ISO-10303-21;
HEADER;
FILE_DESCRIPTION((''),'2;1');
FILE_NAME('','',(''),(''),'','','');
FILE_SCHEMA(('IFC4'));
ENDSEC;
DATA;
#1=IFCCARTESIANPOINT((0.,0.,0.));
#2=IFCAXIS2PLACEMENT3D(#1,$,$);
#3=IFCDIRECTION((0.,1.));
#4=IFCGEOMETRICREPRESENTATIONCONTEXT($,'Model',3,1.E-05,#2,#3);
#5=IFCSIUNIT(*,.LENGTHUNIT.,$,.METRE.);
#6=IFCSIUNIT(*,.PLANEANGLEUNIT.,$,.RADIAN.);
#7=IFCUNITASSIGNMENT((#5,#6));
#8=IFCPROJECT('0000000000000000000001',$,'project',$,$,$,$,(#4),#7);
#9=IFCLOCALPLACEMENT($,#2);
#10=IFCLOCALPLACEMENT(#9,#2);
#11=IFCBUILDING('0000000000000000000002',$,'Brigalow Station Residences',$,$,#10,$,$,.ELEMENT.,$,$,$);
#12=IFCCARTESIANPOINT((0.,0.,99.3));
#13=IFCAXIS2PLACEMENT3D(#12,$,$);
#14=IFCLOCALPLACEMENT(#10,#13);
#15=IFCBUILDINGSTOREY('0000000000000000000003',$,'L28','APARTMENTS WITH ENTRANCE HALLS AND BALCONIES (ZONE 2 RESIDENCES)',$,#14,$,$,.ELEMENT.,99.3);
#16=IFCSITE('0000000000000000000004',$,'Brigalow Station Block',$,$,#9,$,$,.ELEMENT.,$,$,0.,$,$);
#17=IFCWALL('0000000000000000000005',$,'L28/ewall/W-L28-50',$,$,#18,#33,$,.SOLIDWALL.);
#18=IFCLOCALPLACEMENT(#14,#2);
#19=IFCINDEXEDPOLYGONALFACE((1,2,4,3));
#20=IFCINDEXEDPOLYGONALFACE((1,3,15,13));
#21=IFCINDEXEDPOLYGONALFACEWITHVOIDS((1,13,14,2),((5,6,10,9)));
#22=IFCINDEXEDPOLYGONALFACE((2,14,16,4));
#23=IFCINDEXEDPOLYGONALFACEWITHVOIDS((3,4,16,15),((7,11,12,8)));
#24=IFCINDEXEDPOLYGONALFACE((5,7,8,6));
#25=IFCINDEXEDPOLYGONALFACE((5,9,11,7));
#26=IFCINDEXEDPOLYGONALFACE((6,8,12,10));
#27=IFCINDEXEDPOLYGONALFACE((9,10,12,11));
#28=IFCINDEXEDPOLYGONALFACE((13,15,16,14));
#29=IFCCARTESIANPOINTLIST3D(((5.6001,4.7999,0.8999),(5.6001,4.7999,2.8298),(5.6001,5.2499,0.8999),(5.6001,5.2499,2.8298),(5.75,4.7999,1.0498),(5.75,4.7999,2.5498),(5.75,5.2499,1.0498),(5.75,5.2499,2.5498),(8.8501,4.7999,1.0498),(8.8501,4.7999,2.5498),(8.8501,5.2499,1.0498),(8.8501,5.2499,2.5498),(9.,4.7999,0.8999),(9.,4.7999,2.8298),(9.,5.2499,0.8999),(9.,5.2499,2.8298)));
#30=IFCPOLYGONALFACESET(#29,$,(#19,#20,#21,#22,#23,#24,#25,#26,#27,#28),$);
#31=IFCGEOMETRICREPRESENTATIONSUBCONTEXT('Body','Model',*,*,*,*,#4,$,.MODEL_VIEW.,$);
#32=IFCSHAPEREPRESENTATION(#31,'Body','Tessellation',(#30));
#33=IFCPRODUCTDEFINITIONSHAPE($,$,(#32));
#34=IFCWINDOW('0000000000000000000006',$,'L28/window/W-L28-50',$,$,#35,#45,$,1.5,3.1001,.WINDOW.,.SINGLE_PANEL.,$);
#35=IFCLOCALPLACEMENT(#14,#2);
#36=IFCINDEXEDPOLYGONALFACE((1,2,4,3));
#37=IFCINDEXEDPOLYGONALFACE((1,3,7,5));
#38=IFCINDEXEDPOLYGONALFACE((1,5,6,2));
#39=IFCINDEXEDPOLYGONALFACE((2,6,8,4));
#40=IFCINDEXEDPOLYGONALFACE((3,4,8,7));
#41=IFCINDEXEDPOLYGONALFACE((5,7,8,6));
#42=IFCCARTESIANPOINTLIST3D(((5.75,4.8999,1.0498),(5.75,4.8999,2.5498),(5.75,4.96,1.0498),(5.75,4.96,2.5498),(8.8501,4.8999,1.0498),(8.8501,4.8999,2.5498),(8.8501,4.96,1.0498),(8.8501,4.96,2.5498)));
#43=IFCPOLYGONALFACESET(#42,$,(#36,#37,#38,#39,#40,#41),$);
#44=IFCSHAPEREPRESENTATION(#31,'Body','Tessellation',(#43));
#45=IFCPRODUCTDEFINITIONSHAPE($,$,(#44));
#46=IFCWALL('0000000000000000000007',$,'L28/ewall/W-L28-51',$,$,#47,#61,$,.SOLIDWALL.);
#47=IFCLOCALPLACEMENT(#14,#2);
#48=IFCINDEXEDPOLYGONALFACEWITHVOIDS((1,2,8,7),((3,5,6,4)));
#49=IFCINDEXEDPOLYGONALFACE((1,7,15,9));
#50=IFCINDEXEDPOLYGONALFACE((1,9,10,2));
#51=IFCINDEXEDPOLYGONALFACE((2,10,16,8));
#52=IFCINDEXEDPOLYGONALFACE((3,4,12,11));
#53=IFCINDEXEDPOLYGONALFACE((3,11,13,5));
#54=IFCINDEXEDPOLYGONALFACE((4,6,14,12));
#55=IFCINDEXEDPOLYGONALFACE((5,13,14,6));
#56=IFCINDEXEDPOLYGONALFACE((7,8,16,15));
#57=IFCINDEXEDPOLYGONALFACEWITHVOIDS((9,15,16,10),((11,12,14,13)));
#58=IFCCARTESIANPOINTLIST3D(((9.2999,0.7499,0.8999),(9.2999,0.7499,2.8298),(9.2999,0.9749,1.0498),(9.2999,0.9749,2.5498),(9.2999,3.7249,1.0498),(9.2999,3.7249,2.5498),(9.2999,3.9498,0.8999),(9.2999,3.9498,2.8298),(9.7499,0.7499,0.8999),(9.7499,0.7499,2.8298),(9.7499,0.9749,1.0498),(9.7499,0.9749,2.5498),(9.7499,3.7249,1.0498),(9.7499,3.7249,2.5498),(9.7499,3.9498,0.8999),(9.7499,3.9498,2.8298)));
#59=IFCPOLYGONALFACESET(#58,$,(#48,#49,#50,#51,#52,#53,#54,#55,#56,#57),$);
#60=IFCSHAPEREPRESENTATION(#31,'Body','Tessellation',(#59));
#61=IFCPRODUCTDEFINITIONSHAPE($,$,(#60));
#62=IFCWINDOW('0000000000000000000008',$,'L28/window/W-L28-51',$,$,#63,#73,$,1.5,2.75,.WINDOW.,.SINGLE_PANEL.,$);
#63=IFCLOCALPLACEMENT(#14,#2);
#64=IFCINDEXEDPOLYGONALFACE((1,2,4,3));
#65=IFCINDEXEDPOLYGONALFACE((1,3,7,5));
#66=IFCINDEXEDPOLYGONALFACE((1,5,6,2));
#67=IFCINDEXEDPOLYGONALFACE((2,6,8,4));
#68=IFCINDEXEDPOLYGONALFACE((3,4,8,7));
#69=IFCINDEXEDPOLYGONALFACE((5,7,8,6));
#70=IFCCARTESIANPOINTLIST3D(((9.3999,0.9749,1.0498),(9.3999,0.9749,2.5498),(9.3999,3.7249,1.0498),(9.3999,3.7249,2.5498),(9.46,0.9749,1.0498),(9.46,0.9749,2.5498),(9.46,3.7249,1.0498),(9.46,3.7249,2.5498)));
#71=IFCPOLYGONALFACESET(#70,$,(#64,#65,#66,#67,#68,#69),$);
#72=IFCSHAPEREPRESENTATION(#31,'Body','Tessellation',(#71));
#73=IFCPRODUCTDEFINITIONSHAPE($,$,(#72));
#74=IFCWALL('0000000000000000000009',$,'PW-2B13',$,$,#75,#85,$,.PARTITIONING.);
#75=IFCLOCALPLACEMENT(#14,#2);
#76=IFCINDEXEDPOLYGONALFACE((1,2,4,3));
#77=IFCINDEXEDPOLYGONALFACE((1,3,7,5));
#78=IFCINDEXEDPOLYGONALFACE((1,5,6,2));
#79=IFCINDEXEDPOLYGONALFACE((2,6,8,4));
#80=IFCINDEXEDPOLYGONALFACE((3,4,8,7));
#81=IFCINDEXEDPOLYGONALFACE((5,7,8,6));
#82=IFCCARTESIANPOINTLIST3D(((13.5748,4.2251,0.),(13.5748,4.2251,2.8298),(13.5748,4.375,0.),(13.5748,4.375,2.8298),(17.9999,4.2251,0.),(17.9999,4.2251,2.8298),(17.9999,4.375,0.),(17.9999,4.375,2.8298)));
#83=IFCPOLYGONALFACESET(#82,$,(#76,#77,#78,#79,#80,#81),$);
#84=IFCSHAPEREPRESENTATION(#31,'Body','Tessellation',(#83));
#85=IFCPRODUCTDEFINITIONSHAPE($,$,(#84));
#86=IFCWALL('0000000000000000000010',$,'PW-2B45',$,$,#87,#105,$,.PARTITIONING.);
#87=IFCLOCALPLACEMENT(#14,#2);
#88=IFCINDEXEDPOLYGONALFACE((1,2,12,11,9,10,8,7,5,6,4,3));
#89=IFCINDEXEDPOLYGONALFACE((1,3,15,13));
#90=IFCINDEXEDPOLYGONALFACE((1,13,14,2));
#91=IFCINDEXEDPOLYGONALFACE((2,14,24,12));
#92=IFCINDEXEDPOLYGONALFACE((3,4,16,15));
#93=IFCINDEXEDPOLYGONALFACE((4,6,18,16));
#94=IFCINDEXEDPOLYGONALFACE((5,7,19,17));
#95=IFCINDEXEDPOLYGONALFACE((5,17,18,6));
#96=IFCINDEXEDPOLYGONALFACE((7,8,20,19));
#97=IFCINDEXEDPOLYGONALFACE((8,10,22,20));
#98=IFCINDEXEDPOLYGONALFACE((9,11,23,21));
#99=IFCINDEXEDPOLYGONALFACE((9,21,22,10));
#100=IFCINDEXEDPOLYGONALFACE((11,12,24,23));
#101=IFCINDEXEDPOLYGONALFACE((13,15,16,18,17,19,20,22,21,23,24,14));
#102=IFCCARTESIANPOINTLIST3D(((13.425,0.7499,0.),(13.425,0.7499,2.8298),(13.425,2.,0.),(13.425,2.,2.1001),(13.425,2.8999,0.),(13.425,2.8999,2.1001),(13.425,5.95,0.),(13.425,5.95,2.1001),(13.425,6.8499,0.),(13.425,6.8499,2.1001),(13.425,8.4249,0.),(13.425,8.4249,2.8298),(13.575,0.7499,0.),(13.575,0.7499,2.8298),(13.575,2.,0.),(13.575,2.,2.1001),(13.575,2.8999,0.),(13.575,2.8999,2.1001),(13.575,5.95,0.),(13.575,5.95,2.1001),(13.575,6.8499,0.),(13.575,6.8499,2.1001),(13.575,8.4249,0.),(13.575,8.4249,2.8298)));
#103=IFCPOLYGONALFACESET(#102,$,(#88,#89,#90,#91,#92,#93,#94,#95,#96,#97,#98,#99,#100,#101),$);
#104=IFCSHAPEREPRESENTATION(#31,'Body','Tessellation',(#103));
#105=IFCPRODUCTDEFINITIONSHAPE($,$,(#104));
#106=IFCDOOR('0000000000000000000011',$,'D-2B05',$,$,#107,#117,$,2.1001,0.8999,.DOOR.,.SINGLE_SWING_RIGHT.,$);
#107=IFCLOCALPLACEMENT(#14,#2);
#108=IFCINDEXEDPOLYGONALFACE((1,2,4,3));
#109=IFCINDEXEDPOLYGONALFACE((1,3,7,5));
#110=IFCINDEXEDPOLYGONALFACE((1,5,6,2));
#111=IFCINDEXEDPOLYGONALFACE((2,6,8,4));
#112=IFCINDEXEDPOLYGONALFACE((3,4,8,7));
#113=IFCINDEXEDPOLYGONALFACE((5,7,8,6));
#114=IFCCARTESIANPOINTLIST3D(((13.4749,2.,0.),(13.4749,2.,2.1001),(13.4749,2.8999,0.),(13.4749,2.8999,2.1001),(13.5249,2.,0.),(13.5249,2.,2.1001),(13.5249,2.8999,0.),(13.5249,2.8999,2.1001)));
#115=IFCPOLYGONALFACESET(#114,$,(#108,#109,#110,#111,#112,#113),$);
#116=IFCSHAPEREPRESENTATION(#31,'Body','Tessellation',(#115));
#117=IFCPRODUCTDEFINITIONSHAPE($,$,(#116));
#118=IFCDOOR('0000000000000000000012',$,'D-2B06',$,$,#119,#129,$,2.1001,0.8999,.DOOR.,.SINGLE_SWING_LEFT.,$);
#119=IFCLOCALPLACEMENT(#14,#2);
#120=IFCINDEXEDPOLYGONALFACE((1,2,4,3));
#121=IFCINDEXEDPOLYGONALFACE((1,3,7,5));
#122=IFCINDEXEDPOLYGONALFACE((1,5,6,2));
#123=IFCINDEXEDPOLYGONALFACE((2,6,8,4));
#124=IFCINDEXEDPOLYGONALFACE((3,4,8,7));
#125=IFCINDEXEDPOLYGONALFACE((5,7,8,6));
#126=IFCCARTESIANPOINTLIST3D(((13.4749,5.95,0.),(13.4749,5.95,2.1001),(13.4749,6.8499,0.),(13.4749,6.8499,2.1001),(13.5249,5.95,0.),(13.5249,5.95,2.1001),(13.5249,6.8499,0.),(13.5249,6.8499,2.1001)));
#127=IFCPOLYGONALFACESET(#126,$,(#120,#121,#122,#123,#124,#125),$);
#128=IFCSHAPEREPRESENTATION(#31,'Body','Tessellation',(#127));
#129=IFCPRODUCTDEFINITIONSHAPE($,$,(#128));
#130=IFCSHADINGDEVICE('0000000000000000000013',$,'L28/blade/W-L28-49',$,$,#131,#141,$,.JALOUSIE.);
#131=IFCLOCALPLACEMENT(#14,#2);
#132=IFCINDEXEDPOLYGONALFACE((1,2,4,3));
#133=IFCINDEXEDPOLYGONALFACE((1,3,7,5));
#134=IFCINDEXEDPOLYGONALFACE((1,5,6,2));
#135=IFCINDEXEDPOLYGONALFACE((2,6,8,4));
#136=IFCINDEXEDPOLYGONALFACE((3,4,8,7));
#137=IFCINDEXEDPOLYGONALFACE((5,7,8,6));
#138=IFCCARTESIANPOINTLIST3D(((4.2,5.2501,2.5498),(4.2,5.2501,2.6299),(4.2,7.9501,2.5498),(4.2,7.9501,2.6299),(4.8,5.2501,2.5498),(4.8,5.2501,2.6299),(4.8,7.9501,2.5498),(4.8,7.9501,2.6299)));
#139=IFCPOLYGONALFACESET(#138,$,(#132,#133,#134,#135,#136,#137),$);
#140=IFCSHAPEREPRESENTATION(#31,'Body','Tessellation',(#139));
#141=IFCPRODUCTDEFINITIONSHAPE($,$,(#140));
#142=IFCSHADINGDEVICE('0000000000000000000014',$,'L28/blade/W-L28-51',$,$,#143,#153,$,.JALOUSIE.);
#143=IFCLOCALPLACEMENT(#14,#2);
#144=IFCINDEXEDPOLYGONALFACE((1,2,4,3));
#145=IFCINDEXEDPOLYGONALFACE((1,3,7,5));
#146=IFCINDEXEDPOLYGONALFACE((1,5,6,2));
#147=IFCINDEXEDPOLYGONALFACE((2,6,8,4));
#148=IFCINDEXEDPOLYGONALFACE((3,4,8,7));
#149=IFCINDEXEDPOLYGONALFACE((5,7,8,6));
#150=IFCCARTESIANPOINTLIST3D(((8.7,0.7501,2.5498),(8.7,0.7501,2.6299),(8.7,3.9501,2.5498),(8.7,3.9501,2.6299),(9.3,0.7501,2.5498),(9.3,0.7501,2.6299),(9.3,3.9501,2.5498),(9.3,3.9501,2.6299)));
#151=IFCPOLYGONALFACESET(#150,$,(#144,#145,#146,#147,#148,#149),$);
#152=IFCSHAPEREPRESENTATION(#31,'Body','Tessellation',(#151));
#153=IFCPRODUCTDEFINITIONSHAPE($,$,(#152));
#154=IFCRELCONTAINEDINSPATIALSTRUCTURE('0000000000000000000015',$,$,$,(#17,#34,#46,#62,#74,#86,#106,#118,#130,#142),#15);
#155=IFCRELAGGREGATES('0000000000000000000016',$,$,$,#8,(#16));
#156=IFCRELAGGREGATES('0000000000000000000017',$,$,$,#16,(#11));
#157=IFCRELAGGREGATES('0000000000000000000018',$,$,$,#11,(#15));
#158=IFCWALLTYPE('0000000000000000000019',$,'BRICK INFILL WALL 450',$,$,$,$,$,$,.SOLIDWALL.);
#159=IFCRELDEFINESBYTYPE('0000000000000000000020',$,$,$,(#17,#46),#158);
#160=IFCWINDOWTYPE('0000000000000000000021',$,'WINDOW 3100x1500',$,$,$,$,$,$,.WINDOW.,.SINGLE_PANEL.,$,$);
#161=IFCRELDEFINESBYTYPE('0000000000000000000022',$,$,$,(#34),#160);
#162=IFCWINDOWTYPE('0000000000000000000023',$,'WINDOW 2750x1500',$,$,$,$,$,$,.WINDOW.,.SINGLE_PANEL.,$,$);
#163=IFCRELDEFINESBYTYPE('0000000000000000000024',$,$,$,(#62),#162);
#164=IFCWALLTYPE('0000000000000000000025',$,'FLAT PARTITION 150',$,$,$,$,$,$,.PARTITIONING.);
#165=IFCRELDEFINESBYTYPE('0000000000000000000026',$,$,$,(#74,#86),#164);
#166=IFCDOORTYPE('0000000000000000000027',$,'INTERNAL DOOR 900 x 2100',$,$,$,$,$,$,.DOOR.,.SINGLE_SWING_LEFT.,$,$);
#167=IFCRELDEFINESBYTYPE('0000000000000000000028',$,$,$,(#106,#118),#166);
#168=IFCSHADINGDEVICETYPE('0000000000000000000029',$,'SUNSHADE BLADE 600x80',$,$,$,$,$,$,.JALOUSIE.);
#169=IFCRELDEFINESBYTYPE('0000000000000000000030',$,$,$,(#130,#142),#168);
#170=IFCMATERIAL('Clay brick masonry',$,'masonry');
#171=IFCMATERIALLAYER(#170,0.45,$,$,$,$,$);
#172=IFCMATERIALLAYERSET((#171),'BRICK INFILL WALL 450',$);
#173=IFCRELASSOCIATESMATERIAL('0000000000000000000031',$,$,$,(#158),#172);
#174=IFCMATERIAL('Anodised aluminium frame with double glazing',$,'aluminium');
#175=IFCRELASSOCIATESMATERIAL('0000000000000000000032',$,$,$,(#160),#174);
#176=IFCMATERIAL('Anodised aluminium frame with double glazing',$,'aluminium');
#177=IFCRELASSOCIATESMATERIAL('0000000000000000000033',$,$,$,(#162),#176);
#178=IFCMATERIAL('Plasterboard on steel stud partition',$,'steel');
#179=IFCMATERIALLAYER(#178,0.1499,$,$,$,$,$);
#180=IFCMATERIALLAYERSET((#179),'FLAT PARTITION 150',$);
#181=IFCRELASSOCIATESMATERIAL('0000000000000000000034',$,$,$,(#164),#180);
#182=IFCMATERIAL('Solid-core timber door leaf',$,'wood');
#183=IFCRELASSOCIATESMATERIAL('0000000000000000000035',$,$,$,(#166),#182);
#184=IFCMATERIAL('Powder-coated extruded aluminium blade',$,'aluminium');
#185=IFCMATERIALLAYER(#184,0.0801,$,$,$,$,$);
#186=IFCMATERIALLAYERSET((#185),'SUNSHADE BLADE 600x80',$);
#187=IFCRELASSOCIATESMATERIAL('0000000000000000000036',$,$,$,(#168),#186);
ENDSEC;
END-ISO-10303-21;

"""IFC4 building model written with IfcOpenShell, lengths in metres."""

from ifc_helpers import new_model, si_unit, direction, frame, frame_2d, origin, origin_2d, place, context, subcontext, project, spatial, rectangle, extrude, material, layer, layer_set, type_object, element, fill, save


model = new_model("IFC4")

# Units and contexts
model_context = context("Model", 3, precision=1e-05, world=origin(), true_north=direction((0.0, 1.0)))
body_context = subcontext(model_context, "Body", "Model", "MODEL_VIEW")
ifc_project = project(units=[si_unit("LENGTHUNIT", "METRE"), si_unit("PLANEANGLEUNIT", "RADIAN")], contexts=[model_context])

# Site, building, storey
site_placement = place(None, origin())
site = spatial("IfcSite", under=ifc_project, at=site_placement, Name="Brigalow Station Block", CompositionType="ELEMENT", RefElevation=0.0)
building_placement = place(site_placement, origin())
building = spatial("IfcBuilding", under=site, at=building_placement, Name="Brigalow Station Residences", CompositionType="ELEMENT")
storey_placement = place(building_placement, frame((0.0, 0.0, 99.3)))
storey = spatial("IfcBuildingStorey", under=building, at=storey_placement, Name="L28", Description="APARTMENTS WITH ENTRANCE HALLS AND BALCONIES (ZONE 2 RESIDENCES)", CompositionType="ELEMENT", Elevation=99.3)

# Walls, openings, windows
ifc_material_1 = material(Name="Clay brick masonry", Category="masonry")
ifc_layer_1 = layer(ifc_material_1, 0.45)
ifc_layer_set_1 = layer_set([ifc_layer_1], Name="BRICK INFILL WALL 450")
wall_type_1 = type_object("IfcWallType", Name="BRICK INFILL WALL 450", PredefinedType="SOLIDWALL", material=ifc_layer_set_1)
wall_1_placement = place(storey_placement, frame((5.6001, 5.0249, 0.8999), z_axis=(0.0, 0.0, 1.0), x_axis=(1.0, 0.0, 0.0)))
wall_1 = element("IfcWall", 1, at=wall_1_placement, inside=storey, type_object=wall_type_1, Name="L28/ewall/W-L28-50", PredefinedType="SOLIDWALL", context=body_context, shape_type="SweptSolid", body=[
    extrude(rectangle(XDim=3.3999, YDim=0.45, at=frame_2d((1.7, 0.0))), origin(), (0.0, 0.0, 1.0), 1.9299),
])
opening_1_placement = place(wall_1_placement, frame((0.1499, 0.0, 0.1499)))
opening_1 = element("IfcOpeningElement", 2, at=opening_1_placement, cuts=wall_1, PredefinedType="OPENING", context=body_context, shape_type="SweptSolid", body=[
    extrude(rectangle(XDim=3.1001, YDim=1.5, at=frame_2d((1.55, 0.75))), frame((0.0, 0.2349, 0.0), z_axis=(0.0, -1.0, 0.0), x_axis=(1.0, 0.0, 0.0)), (0.0, 0.0, 1.0), 0.47),
])
ifc_material_2 = material(Name="Anodised aluminium frame with double glazing", Category="aluminium")
window_type_1 = type_object("IfcWindowType", Name="WINDOW 3100x1500", PartitioningType="SINGLE_PANEL", PredefinedType="WINDOW", material=ifc_material_2)
window_1_placement = place(opening_1_placement, origin())
window_1 = element("IfcWindow", 3, at=window_1_placement, inside=storey, type_object=window_type_1, Name="L28/window/W-L28-50", OverallHeight=1.5, OverallWidth=3.1001, PartitioningType="SINGLE_PANEL", PredefinedType="WINDOW", context=body_context, shape_type="SweptSolid", body=[
    extrude(rectangle(XDim=3.1001, YDim=1.5, at=frame_2d((1.55, 0.75))), frame((0.0, -0.0649, 0.0), z_axis=(0.0, -1.0, 0.0), x_axis=(1.0, 0.0, 0.0)), (0.0, 0.0, 1.0), 0.0601),
])
fill(opening_1, window_1)
wall_2_placement = place(storey_placement, frame((9.5249, 3.95, 0.8999), z_axis=(0.0, 0.0, 1.0), x_axis=(0.0, -1.0, 0.0)))
wall_2 = element("IfcWall", 4, at=wall_2_placement, inside=storey, type_object=wall_type_1, Name="L28/ewall/W-L28-51", PredefinedType="SOLIDWALL", context=body_context, shape_type="SweptSolid", body=[
    extrude(rectangle(XDim=3.2, YDim=0.45, at=frame_2d((1.6001, 0.0))), origin(), (0.0, 0.0, 1.0), 1.9299),
])
opening_2_placement = place(wall_2_placement, frame((0.2251, 0.0, 0.1499)))
opening_2 = element("IfcOpeningElement", 5, at=opening_2_placement, cuts=wall_2, PredefinedType="OPENING", context=body_context, shape_type="SweptSolid", body=[
    extrude(rectangle(XDim=2.75, YDim=1.5, at=frame_2d((1.375, 0.75))), frame((0.0, 0.2349, 0.0), z_axis=(0.0, -1.0, 0.0), x_axis=(1.0, 0.0, 0.0)), (0.0, 0.0, 1.0), 0.47),
])
ifc_material_3 = material(Name="Anodised aluminium frame with double glazing", Category="aluminium")
window_type_2 = type_object("IfcWindowType", Name="WINDOW 2750x1500", PartitioningType="SINGLE_PANEL", PredefinedType="WINDOW", material=ifc_material_3)
window_2_placement = place(opening_2_placement, origin())
window_2 = element("IfcWindow", 6, at=window_2_placement, inside=storey, type_object=window_type_2, Name="L28/window/W-L28-51", OverallHeight=1.5, OverallWidth=2.75, PartitioningType="SINGLE_PANEL", PredefinedType="WINDOW", context=body_context, shape_type="SweptSolid", body=[
    extrude(rectangle(XDim=2.75, YDim=1.5, at=frame_2d((1.375, 0.75))), frame((0.0, -0.0649, 0.0), z_axis=(0.0, -1.0, 0.0), x_axis=(1.0, 0.0, 0.0)), (0.0, 0.0, 1.0), 0.0601),
])
fill(opening_2, window_2)

# Wall
ifc_material_4 = material(Name="Plasterboard on steel stud partition", Category="steel")
ifc_layer_2 = layer(ifc_material_4, 0.1499)
ifc_layer_set_2 = layer_set([ifc_layer_2], Name="FLAT PARTITION 150")
wall_type_2 = type_object("IfcWallType", Name="FLAT PARTITION 150", PredefinedType="PARTITIONING", material=ifc_layer_set_2)
wall_3_placement = place(storey_placement, frame((13.575, 4.3, 0.0), z_axis=(0.0, 0.0, 1.0), x_axis=(1.0, 0.0, 0.0)))
element("IfcWall", 7, at=wall_3_placement, inside=storey, type_object=wall_type_2, Name="PW-2B13", PredefinedType="PARTITIONING", context=body_context, shape_type="SweptSolid", body=[
    extrude(rectangle(XDim=4.425, YDim=0.1499, at=frame_2d((2.2124, 0.0))), origin(), (0.0, 0.0, 1.0), 2.8298),
])

# Wall, openings, doors
wall_4_placement = place(storey_placement, frame((13.5, 0.75, 0.0), z_axis=(0.0, 0.0, 1.0), x_axis=(0.0, 1.0, 0.0)))
wall_4 = element("IfcWall", 8, at=wall_4_placement, inside=storey, type_object=wall_type_2, Name="PW-2B45", PredefinedType="PARTITIONING", context=body_context, shape_type="SweptSolid", body=[
    extrude(rectangle(XDim=7.675, YDim=0.1499, at=frame_2d((3.8374, 0.0))), origin(), (0.0, 0.0, 1.0), 2.8298),
])
opening_3_placement = place(wall_4_placement, frame((1.25, 0.0, 0.0)))
opening_3 = element("IfcOpeningElement", 9, at=opening_3_placement, cuts=wall_4, PredefinedType="OPENING", context=body_context, shape_type="SweptSolid", body=[
    extrude(rectangle(XDim=0.8999, YDim=2.1001, at=frame_2d((0.45, 1.05))), frame((0.0, 0.085, 0.0), z_axis=(0.0, -1.0, 0.0), x_axis=(1.0, 0.0, 0.0)), (0.0, 0.0, 1.0), 0.1699),
])
opening_4_placement = place(wall_4_placement, frame((5.2, 0.0, 0.0)))
opening_4 = element("IfcOpeningElement", 10, at=opening_4_placement, cuts=wall_4, PredefinedType="OPENING", context=body_context, shape_type="SweptSolid", body=[
    extrude(rectangle(XDim=0.8999, YDim=2.1001, at=frame_2d((0.45, 1.05))), frame((0.0, 0.085, 0.0), z_axis=(0.0, -1.0, 0.0), x_axis=(1.0, 0.0, 0.0)), (0.0, 0.0, 1.0), 0.1699),
])
ifc_material_5 = material(Name="Solid-core timber door leaf", Category="wood")
door_type = type_object("IfcDoorType", Name="INTERNAL DOOR 900 x 2100", OperationType="SINGLE_SWING_LEFT", PredefinedType="DOOR", material=ifc_material_5)
door_1_placement = place(opening_3_placement, frame((0.8999, 0.0, 0.0), z_axis=(0.0, 0.0, 1.0), x_axis=(-1.0, 0.0, 0.0)))
door_1 = element("IfcDoor", 11, at=door_1_placement, inside=storey, type_object=door_type, Name="D-2B05", OperationType="SINGLE_SWING_RIGHT", OverallHeight=2.1001, OverallWidth=0.8999, PredefinedType="DOOR", context=body_context, shape_type="SweptSolid", body=[
    extrude(rectangle(XDim=0.8999, YDim=2.1001, at=frame_2d((0.45, 1.05))), frame((0.0, 0.0249, 0.0), z_axis=(0.0, -1.0, 0.0), x_axis=(1.0, 0.0, 0.0)), (0.0, 0.0, 1.0), 0.05),
])
fill(opening_3, door_1)
door_2_placement = place(opening_4_placement, frame((0.8999, 0.0, 0.0), z_axis=(0.0, 0.0, 1.0), x_axis=(-1.0, 0.0, 0.0)))
door_2 = element("IfcDoor", 12, at=door_2_placement, inside=storey, type_object=door_type, Name="D-2B06", OperationType="SINGLE_SWING_LEFT", OverallHeight=2.1001, OverallWidth=0.8999, PredefinedType="DOOR", context=body_context, shape_type="SweptSolid", body=[
    extrude(rectangle(XDim=0.8999, YDim=2.1001, at=frame_2d((0.45, 1.05))), frame((0.0, 0.0249, 0.0), z_axis=(0.0, -1.0, 0.0), x_axis=(1.0, 0.0, 0.0)), (0.0, 0.0, 1.0), 0.05),
])
fill(opening_4, door_2)

# Shading devices
ifc_material_6 = material(Name="Powder-coated extruded aluminium blade", Category="aluminium")
ifc_layer_3 = layer(ifc_material_6, 0.0801)
ifc_layer_set_3 = layer_set([ifc_layer_3], Name="SUNSHADE BLADE 600x80")
shading_device_type = type_object("IfcShadingDeviceType", Name="SUNSHADE BLADE 600x80", PredefinedType="JALOUSIE", material=ifc_layer_set_3)
shading_device_1_placement = place(storey_placement, frame((4.5, 6.6001, 2.5498), z_axis=(0.0, 0.0, 1.0), x_axis=(0.0, -1.0, 0.0)))
element("IfcShadingDevice", 13, at=shading_device_1_placement, inside=storey, type_object=shading_device_type, Name="L28/blade/W-L28-49", PredefinedType="JALOUSIE", context=body_context, shape_type="SweptSolid", body=[
    extrude(rectangle(XDim=2.7, YDim=0.6001, at=origin_2d()), origin(), (0.0, 0.0, 1.0), 0.0801),
])
shading_device_2_placement = place(storey_placement, frame((9.0, 2.3501, 2.5498), z_axis=(0.0, 0.0, 1.0), x_axis=(0.0, -1.0, 0.0)))
element("IfcShadingDevice", 14, at=shading_device_2_placement, inside=storey, type_object=shading_device_type, Name="L28/blade/W-L28-51", PredefinedType="JALOUSIE", context=body_context, shape_type="SweptSolid", body=[
    extrude(rectangle(XDim=3.2, YDim=0.6001, at=origin_2d()), origin(), (0.0, 0.0, 1.0), 0.0801),
])

save(model, "model.ifc")
